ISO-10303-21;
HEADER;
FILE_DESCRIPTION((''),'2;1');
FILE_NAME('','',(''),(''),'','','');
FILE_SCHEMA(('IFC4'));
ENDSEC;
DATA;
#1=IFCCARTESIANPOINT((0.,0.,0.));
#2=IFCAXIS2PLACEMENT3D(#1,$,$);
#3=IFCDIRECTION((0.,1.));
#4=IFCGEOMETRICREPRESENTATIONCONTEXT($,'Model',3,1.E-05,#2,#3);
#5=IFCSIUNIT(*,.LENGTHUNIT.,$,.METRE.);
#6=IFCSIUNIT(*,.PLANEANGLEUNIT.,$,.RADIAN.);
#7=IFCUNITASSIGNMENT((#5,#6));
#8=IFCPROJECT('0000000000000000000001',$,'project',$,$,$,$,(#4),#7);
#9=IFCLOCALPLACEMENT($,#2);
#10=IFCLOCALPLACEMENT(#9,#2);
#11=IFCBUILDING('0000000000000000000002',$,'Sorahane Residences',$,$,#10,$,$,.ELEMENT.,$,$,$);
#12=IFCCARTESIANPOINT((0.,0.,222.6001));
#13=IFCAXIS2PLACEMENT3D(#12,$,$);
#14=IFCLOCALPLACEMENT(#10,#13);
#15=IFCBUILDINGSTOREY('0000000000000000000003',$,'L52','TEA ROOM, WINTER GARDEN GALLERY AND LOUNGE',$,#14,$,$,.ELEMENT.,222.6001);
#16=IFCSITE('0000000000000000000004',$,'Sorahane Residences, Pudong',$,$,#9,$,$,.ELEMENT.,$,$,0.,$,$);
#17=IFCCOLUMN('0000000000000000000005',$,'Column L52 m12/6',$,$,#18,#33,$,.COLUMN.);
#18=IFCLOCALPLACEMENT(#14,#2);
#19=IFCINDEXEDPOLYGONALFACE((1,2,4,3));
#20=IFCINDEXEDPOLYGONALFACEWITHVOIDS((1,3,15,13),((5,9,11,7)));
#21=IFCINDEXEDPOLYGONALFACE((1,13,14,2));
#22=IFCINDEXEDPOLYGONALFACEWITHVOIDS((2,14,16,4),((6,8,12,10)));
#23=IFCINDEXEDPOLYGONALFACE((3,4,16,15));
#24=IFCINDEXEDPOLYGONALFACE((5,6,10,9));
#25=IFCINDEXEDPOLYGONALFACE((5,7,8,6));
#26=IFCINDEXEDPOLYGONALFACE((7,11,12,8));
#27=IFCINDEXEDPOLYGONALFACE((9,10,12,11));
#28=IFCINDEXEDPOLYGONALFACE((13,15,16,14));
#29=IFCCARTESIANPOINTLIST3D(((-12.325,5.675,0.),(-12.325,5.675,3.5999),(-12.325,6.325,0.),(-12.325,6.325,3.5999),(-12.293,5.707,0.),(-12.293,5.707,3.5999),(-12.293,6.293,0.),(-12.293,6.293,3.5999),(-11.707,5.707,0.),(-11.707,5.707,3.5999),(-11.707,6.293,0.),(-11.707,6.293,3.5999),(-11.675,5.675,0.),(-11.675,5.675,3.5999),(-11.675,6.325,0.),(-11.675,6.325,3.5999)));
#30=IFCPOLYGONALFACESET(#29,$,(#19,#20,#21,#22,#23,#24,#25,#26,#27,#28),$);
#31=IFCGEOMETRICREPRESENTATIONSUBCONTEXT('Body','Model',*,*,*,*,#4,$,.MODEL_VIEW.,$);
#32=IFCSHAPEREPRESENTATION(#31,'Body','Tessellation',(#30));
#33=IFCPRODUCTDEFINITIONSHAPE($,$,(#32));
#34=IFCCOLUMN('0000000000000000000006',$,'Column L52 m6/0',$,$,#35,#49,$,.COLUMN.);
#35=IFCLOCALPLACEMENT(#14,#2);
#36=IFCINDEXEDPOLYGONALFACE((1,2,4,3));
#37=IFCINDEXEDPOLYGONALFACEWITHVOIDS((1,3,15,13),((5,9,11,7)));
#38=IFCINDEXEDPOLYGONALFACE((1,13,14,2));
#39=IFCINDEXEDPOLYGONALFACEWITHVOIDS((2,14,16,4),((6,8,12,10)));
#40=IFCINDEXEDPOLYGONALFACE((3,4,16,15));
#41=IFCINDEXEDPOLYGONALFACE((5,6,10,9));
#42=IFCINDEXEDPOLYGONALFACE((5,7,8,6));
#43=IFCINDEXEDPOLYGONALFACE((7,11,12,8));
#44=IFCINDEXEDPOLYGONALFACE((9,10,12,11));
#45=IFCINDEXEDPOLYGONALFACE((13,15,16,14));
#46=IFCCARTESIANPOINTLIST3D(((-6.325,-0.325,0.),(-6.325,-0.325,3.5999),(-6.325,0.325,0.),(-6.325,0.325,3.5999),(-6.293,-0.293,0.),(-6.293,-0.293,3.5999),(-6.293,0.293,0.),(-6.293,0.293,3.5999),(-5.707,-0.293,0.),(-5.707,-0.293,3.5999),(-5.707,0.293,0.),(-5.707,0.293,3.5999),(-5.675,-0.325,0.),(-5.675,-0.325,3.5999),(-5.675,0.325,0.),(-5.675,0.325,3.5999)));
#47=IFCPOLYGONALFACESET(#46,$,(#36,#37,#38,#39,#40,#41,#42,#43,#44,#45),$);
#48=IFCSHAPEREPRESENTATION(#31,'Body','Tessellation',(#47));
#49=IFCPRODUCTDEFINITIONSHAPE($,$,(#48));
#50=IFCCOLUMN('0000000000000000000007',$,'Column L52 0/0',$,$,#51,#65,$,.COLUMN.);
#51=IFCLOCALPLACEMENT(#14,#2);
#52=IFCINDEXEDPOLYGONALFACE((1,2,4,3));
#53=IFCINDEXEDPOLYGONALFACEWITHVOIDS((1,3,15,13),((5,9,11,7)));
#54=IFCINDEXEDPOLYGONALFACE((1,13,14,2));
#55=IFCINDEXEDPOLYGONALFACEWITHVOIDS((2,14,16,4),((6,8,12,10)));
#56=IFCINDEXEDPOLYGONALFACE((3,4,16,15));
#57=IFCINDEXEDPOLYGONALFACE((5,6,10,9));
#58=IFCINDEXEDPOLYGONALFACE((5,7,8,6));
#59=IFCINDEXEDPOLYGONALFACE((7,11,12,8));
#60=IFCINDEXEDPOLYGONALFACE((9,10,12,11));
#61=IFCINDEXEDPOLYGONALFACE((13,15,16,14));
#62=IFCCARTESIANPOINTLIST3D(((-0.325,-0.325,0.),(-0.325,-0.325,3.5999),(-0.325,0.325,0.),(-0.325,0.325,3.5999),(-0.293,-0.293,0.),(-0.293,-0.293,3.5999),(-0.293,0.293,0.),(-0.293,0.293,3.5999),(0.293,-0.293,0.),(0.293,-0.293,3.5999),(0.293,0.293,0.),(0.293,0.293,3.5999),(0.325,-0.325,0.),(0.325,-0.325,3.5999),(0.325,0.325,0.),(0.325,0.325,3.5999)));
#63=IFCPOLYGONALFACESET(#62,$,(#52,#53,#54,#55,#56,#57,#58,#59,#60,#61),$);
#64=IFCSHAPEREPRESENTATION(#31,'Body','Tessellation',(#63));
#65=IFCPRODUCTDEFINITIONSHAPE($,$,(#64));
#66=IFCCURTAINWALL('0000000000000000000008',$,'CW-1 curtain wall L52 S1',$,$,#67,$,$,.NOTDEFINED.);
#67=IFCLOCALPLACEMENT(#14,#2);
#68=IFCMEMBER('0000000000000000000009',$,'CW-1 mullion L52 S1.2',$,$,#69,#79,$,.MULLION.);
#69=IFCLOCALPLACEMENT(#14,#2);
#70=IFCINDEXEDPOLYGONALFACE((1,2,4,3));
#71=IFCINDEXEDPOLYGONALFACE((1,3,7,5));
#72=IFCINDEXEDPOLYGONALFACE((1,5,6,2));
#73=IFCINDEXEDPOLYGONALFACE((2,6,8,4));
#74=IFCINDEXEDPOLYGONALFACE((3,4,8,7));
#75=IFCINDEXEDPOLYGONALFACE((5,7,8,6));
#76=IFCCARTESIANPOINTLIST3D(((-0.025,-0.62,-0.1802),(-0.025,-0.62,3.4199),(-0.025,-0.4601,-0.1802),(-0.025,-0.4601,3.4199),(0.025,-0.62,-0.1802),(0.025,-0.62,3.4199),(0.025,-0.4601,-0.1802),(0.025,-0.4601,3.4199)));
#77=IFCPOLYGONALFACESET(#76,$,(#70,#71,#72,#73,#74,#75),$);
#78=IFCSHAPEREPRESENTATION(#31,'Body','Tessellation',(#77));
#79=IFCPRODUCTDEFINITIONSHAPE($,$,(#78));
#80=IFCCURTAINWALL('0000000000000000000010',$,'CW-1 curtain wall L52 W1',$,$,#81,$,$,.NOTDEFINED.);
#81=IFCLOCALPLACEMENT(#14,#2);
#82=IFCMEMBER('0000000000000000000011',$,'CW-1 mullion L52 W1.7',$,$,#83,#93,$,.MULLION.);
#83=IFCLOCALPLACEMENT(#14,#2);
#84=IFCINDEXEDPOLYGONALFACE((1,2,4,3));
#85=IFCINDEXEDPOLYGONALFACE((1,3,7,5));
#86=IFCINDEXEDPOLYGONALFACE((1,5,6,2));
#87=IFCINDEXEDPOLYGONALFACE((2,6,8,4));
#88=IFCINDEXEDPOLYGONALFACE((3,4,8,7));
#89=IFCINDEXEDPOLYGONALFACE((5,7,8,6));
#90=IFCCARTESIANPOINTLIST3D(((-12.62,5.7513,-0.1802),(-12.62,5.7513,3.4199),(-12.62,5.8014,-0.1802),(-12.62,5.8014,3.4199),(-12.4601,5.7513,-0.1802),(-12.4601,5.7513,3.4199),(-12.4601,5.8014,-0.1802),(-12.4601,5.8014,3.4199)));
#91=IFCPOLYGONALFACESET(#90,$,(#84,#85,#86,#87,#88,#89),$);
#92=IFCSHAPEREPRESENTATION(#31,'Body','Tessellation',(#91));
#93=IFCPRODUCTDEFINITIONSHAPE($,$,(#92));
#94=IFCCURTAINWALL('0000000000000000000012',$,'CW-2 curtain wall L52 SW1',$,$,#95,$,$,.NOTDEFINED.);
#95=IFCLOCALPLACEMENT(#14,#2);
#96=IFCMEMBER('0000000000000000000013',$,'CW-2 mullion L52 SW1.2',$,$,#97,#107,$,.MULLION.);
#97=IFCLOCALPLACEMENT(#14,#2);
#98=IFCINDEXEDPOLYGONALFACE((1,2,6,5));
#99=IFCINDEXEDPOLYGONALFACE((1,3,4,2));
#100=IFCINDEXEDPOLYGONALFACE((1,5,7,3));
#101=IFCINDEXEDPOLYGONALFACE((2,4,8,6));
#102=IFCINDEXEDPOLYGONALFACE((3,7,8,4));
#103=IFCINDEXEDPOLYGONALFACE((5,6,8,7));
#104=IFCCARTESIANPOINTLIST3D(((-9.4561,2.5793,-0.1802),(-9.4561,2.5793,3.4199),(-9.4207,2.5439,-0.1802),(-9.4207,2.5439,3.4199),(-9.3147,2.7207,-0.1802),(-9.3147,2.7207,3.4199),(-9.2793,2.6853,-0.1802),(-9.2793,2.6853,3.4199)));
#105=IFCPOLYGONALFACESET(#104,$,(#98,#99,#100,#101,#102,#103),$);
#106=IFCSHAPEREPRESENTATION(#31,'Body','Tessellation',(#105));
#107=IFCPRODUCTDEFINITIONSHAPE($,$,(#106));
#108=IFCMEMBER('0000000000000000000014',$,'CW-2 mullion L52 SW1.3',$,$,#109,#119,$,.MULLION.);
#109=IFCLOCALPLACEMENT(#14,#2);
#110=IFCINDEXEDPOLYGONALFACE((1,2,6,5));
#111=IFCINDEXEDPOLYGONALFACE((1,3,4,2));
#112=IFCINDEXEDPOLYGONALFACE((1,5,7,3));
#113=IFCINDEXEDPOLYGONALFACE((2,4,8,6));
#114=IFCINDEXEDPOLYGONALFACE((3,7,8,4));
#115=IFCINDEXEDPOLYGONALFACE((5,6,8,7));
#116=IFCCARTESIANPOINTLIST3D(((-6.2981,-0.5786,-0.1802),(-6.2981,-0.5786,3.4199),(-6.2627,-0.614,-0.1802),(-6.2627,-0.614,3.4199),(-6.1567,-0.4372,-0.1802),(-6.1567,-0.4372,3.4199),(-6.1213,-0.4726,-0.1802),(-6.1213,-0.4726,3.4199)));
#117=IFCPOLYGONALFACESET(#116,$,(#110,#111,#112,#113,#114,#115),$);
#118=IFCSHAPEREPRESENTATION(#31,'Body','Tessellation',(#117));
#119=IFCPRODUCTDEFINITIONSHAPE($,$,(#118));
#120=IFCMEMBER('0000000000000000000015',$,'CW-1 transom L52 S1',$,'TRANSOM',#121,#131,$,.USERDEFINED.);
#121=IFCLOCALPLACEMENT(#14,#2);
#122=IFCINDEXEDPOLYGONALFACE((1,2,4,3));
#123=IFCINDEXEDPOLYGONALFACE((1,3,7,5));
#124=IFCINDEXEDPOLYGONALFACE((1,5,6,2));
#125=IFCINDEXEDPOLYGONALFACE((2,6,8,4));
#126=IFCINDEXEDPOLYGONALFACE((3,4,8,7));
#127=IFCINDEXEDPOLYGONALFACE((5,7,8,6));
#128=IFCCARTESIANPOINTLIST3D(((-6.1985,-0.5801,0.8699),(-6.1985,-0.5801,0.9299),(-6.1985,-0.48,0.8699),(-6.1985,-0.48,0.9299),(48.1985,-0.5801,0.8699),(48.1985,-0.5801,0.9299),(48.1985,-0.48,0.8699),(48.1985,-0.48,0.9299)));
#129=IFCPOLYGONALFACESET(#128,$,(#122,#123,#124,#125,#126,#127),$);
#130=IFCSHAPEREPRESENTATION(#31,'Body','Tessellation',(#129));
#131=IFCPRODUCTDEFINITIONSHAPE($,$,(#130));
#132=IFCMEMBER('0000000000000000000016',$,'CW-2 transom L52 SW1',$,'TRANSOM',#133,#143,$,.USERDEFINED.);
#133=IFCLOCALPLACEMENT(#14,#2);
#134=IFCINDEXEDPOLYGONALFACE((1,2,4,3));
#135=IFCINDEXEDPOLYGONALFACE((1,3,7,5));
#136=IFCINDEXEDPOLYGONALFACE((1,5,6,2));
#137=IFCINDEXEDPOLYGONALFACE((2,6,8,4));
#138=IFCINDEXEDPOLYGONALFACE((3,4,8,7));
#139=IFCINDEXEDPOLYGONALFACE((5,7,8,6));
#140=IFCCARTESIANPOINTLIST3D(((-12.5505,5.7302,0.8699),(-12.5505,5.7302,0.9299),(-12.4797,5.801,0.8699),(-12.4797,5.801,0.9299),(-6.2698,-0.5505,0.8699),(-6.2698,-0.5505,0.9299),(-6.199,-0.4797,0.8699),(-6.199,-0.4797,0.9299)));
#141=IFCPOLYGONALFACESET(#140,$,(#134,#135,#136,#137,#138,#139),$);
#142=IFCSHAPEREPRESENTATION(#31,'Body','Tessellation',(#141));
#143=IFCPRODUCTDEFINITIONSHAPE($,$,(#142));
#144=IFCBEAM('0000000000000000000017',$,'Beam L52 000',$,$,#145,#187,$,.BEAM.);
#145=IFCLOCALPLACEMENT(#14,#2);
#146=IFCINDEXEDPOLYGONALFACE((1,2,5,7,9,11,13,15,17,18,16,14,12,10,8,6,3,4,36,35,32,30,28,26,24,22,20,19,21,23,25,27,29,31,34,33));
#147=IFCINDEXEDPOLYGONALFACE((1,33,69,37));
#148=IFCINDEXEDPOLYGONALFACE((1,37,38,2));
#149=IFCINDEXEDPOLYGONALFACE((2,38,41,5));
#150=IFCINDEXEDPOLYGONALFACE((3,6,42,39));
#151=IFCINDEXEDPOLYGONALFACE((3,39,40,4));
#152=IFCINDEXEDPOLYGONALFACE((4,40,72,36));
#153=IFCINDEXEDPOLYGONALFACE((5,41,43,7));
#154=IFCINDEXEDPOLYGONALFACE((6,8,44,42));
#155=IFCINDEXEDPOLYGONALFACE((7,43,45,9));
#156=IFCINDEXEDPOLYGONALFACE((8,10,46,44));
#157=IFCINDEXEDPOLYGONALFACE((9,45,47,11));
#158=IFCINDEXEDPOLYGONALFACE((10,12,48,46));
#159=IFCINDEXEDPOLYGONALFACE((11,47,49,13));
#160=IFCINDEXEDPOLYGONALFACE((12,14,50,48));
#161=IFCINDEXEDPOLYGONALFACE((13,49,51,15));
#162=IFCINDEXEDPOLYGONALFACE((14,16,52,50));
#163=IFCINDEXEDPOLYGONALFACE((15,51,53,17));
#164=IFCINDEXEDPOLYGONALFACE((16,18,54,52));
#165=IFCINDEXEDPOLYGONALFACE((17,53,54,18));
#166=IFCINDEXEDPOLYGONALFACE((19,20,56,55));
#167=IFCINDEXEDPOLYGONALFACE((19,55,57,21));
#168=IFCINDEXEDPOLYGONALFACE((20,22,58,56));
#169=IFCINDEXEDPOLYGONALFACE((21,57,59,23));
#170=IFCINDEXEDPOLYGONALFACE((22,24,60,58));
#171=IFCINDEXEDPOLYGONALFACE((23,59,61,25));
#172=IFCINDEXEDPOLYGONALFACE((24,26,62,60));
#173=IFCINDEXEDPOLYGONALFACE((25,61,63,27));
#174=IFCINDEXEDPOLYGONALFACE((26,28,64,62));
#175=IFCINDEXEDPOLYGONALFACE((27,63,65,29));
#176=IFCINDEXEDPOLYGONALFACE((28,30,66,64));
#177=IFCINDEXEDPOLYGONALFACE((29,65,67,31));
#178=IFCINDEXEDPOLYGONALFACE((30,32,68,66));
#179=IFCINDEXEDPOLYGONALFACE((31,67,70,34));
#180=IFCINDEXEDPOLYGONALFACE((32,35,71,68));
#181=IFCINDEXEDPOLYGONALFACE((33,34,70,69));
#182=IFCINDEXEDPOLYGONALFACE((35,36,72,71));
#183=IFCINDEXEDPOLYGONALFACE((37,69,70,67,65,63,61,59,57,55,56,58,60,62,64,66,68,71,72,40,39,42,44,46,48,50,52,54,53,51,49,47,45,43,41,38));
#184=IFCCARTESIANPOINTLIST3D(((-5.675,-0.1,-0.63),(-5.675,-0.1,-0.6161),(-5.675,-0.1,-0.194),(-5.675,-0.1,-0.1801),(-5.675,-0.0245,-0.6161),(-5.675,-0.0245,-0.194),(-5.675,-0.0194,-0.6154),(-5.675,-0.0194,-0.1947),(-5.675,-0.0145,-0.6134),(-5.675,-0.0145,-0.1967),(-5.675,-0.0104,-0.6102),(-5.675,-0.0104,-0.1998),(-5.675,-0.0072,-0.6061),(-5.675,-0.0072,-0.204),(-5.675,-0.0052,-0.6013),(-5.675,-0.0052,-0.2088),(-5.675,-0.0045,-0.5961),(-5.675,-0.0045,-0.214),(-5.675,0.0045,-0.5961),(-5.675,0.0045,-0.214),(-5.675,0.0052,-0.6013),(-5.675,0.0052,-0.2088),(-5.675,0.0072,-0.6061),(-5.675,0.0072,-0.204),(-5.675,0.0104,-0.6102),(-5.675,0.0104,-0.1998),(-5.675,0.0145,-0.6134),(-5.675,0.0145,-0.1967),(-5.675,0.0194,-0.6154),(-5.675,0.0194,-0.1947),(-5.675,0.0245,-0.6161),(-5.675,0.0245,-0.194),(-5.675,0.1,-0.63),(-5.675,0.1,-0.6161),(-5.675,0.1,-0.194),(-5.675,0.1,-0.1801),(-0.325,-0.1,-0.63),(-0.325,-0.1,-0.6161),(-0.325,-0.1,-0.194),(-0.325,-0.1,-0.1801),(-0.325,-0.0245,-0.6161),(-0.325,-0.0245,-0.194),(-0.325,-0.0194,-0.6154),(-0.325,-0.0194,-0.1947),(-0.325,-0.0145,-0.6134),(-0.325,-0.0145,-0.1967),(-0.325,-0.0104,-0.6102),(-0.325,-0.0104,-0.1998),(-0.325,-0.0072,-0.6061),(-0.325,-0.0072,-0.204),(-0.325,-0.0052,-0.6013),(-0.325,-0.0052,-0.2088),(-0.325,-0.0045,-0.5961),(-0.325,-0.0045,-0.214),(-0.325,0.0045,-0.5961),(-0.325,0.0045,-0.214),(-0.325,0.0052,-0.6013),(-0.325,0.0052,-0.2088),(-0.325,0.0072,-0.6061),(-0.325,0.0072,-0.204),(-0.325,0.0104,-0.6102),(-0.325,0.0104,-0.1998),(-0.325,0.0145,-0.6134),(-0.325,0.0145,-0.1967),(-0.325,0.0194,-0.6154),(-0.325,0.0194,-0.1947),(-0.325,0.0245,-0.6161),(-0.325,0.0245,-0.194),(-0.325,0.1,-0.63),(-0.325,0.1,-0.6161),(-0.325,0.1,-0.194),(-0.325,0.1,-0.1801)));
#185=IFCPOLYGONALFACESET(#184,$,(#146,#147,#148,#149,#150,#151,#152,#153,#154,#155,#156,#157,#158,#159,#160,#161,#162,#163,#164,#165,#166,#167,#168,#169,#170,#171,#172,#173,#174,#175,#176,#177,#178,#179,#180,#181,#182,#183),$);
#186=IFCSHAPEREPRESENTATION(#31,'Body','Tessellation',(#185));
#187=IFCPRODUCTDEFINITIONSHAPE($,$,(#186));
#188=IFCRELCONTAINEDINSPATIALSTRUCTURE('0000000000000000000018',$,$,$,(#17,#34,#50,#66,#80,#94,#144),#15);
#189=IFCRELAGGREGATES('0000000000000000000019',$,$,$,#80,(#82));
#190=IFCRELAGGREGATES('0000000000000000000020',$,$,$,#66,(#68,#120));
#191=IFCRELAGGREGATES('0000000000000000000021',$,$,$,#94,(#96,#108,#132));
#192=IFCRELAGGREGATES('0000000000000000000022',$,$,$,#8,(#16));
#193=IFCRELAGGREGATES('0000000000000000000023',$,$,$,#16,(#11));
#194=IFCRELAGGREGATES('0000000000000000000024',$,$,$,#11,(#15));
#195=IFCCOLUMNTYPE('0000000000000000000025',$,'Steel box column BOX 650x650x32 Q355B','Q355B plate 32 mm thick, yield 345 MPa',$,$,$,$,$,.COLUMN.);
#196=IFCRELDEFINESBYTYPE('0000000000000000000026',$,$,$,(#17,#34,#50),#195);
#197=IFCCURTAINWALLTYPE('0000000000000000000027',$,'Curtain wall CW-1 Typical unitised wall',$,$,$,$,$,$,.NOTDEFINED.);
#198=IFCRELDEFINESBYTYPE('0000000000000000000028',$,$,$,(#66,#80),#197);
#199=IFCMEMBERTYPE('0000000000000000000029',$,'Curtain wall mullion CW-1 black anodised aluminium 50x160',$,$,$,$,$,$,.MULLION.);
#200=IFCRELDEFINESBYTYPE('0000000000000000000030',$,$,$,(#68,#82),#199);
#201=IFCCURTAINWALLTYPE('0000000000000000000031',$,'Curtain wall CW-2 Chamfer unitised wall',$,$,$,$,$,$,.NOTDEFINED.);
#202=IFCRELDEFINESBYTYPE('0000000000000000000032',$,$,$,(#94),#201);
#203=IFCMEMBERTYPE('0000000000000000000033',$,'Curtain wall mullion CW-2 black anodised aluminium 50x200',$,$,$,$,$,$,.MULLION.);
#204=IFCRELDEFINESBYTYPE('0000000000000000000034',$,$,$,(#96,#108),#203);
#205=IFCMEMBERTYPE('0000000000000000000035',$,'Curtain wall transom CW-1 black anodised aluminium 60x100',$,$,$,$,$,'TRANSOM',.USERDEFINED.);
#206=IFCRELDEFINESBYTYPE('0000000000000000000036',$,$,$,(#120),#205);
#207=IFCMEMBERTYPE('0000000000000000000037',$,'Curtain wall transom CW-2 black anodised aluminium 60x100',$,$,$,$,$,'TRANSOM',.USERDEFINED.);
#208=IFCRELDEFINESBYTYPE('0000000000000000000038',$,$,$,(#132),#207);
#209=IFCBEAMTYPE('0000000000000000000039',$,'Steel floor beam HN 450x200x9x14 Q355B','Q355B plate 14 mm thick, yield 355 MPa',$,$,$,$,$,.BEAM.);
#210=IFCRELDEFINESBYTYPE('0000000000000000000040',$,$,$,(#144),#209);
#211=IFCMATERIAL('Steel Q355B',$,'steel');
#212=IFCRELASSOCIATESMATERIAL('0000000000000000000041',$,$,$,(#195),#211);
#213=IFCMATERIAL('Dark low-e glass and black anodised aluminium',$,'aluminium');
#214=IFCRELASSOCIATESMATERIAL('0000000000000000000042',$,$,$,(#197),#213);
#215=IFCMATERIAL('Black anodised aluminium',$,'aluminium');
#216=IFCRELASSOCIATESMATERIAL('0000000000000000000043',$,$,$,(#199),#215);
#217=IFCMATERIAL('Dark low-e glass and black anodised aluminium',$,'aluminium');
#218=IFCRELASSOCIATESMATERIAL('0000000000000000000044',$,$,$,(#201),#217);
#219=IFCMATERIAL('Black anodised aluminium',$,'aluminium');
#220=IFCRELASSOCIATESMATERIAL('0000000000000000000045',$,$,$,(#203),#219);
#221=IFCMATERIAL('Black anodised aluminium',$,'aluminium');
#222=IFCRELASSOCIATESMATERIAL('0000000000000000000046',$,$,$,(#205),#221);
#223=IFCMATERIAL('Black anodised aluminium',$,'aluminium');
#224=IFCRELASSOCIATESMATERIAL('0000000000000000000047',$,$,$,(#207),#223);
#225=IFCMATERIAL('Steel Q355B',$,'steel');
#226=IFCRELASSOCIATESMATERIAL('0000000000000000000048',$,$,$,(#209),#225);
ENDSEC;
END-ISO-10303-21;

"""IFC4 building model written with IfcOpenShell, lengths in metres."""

from ifc_helpers import new_model, si_unit, direction, frame, origin, origin_2d, place, context, subcontext, project, spatial, rectangle, hollow_rectangle, i_section, extrude, material, material_profile, profile_set, type_object, element, aggregate, save


model = new_model("IFC4")

# Units and contexts
model_context = context("Model", 3, precision=1e-05, world=origin(), true_north=direction((0.0, 1.0)))
body_context = subcontext(model_context, "Body", "Model", "MODEL_VIEW")
ifc_project = project(units=[si_unit("LENGTHUNIT", "METRE"), si_unit("PLANEANGLEUNIT", "RADIAN")], contexts=[model_context])

# Site, building, storey
site_placement = place(None, origin())
site = spatial("IfcSite", under=ifc_project, at=site_placement, Name="Sorahane Residences, Pudong", CompositionType="ELEMENT", RefElevation=0.0)
building_placement = place(site_placement, origin())
building = spatial("IfcBuilding", under=site, at=building_placement, Name="Sorahane Residences", CompositionType="ELEMENT")
storey_placement = place(building_placement, frame((0.0, 0.0, 222.6001)))
storey = spatial("IfcBuildingStorey", under=building, at=storey_placement, Name="L52", Description="TEA ROOM, WINTER GARDEN GALLERY AND LOUNGE", CompositionType="ELEMENT", Elevation=222.6001)

# Columns
ifc_material_1 = material(Name="Steel Q355B", Category="steel")
ifc_material_profile_1 = material_profile(ifc_material_1, hollow_rectangle(XDim=0.6499, YDim=0.6499, WallThickness=0.032, at=origin_2d()), Name="BOX 650x650x32")
ifc_profile_set_1 = profile_set([ifc_material_profile_1], Name="Steel Q355B")
column_type = type_object("IfcColumnType", Name="Steel box column BOX 650x650x32 Q355B", Description="Q355B plate 32 mm thick, yield 345 MPa", PredefinedType="COLUMN", material=ifc_profile_set_1)
for number, where, z_axis, x_axis, name in (
    (1, (-12.0, 6.0, 0.0), (0.0, 0.0, 1.0), (1.0, 0.0, 0.0), "Column L52 m12/6"),
    (2, (-6.0, 0.0, 0.0), (0.0, 0.0, 1.0), (1.0, 0.0, 0.0), "Column L52 m6/0"),
    (3, (0.0, 0.0, 0.0), (0.0, 0.0, 1.0), (1.0, 0.0, 0.0), "Column L52 0/0"),
):
    element("IfcColumn", number, at=place(storey_placement, frame(where, z_axis=z_axis, x_axis=x_axis)), inside=storey, type_object=column_type, Name=name, PredefinedType="COLUMN", context=body_context, shape_type="SweptSolid", body=[
        extrude(hollow_rectangle(XDim=0.6499, YDim=0.6499, WallThickness=0.032, at=origin_2d()), origin(), (0.0, 0.0, 1.0), 3.5999),
    ])

# Curtain walls, members
ifc_material_2 = material(Name="Dark low-e glass and black anodised aluminium", Category="aluminium")
curtain_wall_type_1 = type_object("IfcCurtainWallType", Name="Curtain wall CW-1 Typical unitised wall", PredefinedType="NOTDEFINED", material=ifc_material_2)
curtain_wall_1_placement = place(storey_placement, origin())
curtain_wall_1 = element("IfcCurtainWall", 4, at=curtain_wall_1_placement, inside=storey, type_object=curtain_wall_type_1, Name="CW-1 curtain wall L52 S1", PredefinedType="NOTDEFINED")
ifc_material_3 = material(Name="Black anodised aluminium", Category="aluminium")
ifc_material_profile_2 = material_profile(ifc_material_3, rectangle(XDim=0.1599, YDim=0.05, at=origin_2d()), Name="Curtain wall mullion CW-1 black anodised aluminium 50x160")
ifc_profile_set_2 = profile_set([ifc_material_profile_2], Name="Black anodised aluminium")
member_type_1 = type_object("IfcMemberType", Name="Curtain wall mullion CW-1 black anodised aluminium 50x160", PredefinedType="MULLION", material=ifc_profile_set_2)
member_1_placement = place(storey_placement, frame((0.0, -0.54, -0.1802), z_axis=(0.0, 0.0, 1.0), x_axis=(0.0, -1.0, 0.0)))
member_1 = element("IfcMember", 5, at=member_1_placement, type_object=member_type_1, Name="CW-1 mullion L52 S1.2", PredefinedType="MULLION", context=body_context, shape_type="SweptSolid", body=[
    extrude(rectangle(XDim=0.1599, YDim=0.05, at=origin_2d()), origin(), (0.0, 0.0, 1.0), 3.6001),
])
curtain_wall_2_placement = place(storey_placement, origin())
curtain_wall_2 = element("IfcCurtainWall", 6, at=curtain_wall_2_placement, inside=storey, type_object=curtain_wall_type_1, Name="CW-1 curtain wall L52 W1", PredefinedType="NOTDEFINED")
member_2_placement = place(storey_placement, frame((-12.54, 5.7764, -0.1802), z_axis=(0.0, 0.0, 1.0), x_axis=(-1.0, 0.0, 0.0)))
member_2 = element("IfcMember", 7, at=member_2_placement, type_object=member_type_1, Name="CW-1 mullion L52 W1.7", PredefinedType="MULLION", context=body_context, shape_type="SweptSolid", body=[
    extrude(rectangle(XDim=0.1599, YDim=0.05, at=origin_2d()), origin(), (0.0, 0.0, 1.0), 3.6001),
])
aggregate(curtain_wall_2, [member_2])

# Curtain wall, members
ifc_material_4 = material(Name="Dark low-e glass and black anodised aluminium", Category="aluminium")
curtain_wall_type_2 = type_object("IfcCurtainWallType", Name="Curtain wall CW-2 Chamfer unitised wall", PredefinedType="NOTDEFINED", material=ifc_material_4)
curtain_wall_3_placement = place(storey_placement, origin())
curtain_wall_3 = element("IfcCurtainWall", 8, at=curtain_wall_3_placement, inside=storey, type_object=curtain_wall_type_2, Name="CW-2 curtain wall L52 SW1", PredefinedType="NOTDEFINED")
ifc_material_5 = material(Name="Black anodised aluminium", Category="aluminium")
ifc_material_profile_3 = material_profile(ifc_material_5, rectangle(XDim=0.2, YDim=0.05, at=origin_2d()), Name="Curtain wall mullion CW-2 black anodised aluminium 50x200")
ifc_profile_set_3 = profile_set([ifc_material_profile_3], Name="Black anodised aluminium")
member_type_2 = type_object("IfcMemberType", Name="Curtain wall mullion CW-2 black anodised aluminium 50x200", PredefinedType="MULLION", material=ifc_profile_set_3)
member_3_placement = place(storey_placement, frame((-9.3677, 2.6323, -0.1802), z_axis=(0.0, 0.0, 1.0), x_axis=(-0.707107, -0.707107, 0.0)))
member_3 = element("IfcMember", 9, at=member_3_placement, type_object=member_type_2, Name="CW-2 mullion L52 SW1.2", PredefinedType="MULLION", context=body_context, shape_type="SweptSolid", body=[
    extrude(rectangle(XDim=0.2, YDim=0.05, at=origin_2d()), origin(), (0.0, 0.0, 1.0), 3.6001),
])
member_4_placement = place(storey_placement, frame((-6.2097, -0.5256, -0.1802), z_axis=(0.0, 0.0, 1.0), x_axis=(-0.707107, -0.707107, 0.0)))
member_4 = element("IfcMember", 10, at=member_4_placement, type_object=member_type_2, Name="CW-2 mullion L52 SW1.3", PredefinedType="MULLION", context=body_context, shape_type="SweptSolid", body=[
    extrude(rectangle(XDim=0.2, YDim=0.05, at=origin_2d()), origin(), (0.0, 0.0, 1.0), 3.6001),
])

# Members
ifc_material_6 = material(Name="Black anodised aluminium", Category="aluminium")
ifc_material_profile_4 = material_profile(ifc_material_6, rectangle(XDim=0.1001, YDim=0.0601, at=origin_2d()), Name="Curtain wall transom CW-1 black anodised aluminium 60x100")
ifc_profile_set_4 = profile_set([ifc_material_profile_4], Name="Black anodised aluminium")
member_type_3 = type_object("IfcMemberType", Name="Curtain wall transom CW-1 black anodised aluminium 60x100", ElementType="TRANSOM", PredefinedType="USERDEFINED", material=ifc_profile_set_4)
member_5_placement = place(storey_placement, frame((-6.1985, -0.53, 0.8999), z_axis=(1.0, 0.0, 0.0), x_axis=(0.0, 1.0, 0.0)))
member_5 = element("IfcMember", 11, at=member_5_placement, type_object=member_type_3, Name="CW-1 transom L52 S1", ObjectType="TRANSOM", PredefinedType="USERDEFINED", context=body_context, shape_type="SweptSolid", body=[
    extrude(rectangle(XDim=0.1001, YDim=0.0601, at=origin_2d()), origin(), (0.0, 0.0, 1.0), 54.397),
])
ifc_material_7 = material(Name="Black anodised aluminium", Category="aluminium")
ifc_material_profile_5 = material_profile(ifc_material_7, rectangle(XDim=0.1001, YDim=0.0601, at=origin_2d()), Name="Curtain wall transom CW-2 black anodised aluminium 60x100")
ifc_profile_set_5 = profile_set([ifc_material_profile_5], Name="Black anodised aluminium")
member_type_4 = type_object("IfcMemberType", Name="Curtain wall transom CW-2 black anodised aluminium 60x100", ElementType="TRANSOM", PredefinedType="USERDEFINED", material=ifc_profile_set_5)
member_6_placement = place(storey_placement, frame((-12.5151, 5.7656, 0.8999), z_axis=(0.707107, -0.707107, 0.0), x_axis=(0.707107, 0.707107, 0.0)))
member_6 = element("IfcMember", 12, at=member_6_placement, type_object=member_type_4, Name="CW-2 transom L52 SW1", ObjectType="TRANSOM", PredefinedType="USERDEFINED", context=body_context, shape_type="SweptSolid", body=[
    extrude(rectangle(XDim=0.1001, YDim=0.0601, at=origin_2d()), origin(), (0.0, 0.0, 1.0), 8.8823),
])

# Beam
ifc_material_8 = material(Name="Steel Q355B", Category="steel")
ifc_material_profile_6 = material_profile(ifc_material_8, i_section(OverallWidth=0.2, OverallDepth=0.45, WebThickness=0.009, FlangeThickness=0.0139, FilletRadius=0.02, at=origin_2d()), Name="HN 450x200x9x14")
ifc_profile_set_6 = profile_set([ifc_material_profile_6], Name="Steel Q355B")
beam_type_1 = type_object("IfcBeamType", Name="Steel floor beam HN 450x200x9x14 Q355B", Description="Q355B plate 14 mm thick, yield 355 MPa", PredefinedType="BEAM", material=ifc_profile_set_6)
for number, where, z_axis, x_axis, name in (
    (13, (-5.675, 0.0, -0.405), (1.0, 0.0, 0.0), (0.0, 1.0, 0.0), "Beam L52 000"),
):
    element("IfcBeam", number, at=place(storey_placement, frame(where, z_axis=z_axis, x_axis=x_axis)), inside=storey, type_object=beam_type_1, Name=name, PredefinedType="BEAM", context=body_context, shape_type="SweptSolid", body=[
        extrude(i_section(OverallWidth=0.2, OverallDepth=0.45, WebThickness=0.009, FlangeThickness=0.0139, FilletRadius=0.02, at=origin_2d()), origin(), (0.0, 0.0, 1.0), 5.3501),
    ])

aggregate(curtain_wall_1, [member_1, member_5])
aggregate(curtain_wall_3, [member_3, member_4, member_6])

save(model, "model.ifc")
